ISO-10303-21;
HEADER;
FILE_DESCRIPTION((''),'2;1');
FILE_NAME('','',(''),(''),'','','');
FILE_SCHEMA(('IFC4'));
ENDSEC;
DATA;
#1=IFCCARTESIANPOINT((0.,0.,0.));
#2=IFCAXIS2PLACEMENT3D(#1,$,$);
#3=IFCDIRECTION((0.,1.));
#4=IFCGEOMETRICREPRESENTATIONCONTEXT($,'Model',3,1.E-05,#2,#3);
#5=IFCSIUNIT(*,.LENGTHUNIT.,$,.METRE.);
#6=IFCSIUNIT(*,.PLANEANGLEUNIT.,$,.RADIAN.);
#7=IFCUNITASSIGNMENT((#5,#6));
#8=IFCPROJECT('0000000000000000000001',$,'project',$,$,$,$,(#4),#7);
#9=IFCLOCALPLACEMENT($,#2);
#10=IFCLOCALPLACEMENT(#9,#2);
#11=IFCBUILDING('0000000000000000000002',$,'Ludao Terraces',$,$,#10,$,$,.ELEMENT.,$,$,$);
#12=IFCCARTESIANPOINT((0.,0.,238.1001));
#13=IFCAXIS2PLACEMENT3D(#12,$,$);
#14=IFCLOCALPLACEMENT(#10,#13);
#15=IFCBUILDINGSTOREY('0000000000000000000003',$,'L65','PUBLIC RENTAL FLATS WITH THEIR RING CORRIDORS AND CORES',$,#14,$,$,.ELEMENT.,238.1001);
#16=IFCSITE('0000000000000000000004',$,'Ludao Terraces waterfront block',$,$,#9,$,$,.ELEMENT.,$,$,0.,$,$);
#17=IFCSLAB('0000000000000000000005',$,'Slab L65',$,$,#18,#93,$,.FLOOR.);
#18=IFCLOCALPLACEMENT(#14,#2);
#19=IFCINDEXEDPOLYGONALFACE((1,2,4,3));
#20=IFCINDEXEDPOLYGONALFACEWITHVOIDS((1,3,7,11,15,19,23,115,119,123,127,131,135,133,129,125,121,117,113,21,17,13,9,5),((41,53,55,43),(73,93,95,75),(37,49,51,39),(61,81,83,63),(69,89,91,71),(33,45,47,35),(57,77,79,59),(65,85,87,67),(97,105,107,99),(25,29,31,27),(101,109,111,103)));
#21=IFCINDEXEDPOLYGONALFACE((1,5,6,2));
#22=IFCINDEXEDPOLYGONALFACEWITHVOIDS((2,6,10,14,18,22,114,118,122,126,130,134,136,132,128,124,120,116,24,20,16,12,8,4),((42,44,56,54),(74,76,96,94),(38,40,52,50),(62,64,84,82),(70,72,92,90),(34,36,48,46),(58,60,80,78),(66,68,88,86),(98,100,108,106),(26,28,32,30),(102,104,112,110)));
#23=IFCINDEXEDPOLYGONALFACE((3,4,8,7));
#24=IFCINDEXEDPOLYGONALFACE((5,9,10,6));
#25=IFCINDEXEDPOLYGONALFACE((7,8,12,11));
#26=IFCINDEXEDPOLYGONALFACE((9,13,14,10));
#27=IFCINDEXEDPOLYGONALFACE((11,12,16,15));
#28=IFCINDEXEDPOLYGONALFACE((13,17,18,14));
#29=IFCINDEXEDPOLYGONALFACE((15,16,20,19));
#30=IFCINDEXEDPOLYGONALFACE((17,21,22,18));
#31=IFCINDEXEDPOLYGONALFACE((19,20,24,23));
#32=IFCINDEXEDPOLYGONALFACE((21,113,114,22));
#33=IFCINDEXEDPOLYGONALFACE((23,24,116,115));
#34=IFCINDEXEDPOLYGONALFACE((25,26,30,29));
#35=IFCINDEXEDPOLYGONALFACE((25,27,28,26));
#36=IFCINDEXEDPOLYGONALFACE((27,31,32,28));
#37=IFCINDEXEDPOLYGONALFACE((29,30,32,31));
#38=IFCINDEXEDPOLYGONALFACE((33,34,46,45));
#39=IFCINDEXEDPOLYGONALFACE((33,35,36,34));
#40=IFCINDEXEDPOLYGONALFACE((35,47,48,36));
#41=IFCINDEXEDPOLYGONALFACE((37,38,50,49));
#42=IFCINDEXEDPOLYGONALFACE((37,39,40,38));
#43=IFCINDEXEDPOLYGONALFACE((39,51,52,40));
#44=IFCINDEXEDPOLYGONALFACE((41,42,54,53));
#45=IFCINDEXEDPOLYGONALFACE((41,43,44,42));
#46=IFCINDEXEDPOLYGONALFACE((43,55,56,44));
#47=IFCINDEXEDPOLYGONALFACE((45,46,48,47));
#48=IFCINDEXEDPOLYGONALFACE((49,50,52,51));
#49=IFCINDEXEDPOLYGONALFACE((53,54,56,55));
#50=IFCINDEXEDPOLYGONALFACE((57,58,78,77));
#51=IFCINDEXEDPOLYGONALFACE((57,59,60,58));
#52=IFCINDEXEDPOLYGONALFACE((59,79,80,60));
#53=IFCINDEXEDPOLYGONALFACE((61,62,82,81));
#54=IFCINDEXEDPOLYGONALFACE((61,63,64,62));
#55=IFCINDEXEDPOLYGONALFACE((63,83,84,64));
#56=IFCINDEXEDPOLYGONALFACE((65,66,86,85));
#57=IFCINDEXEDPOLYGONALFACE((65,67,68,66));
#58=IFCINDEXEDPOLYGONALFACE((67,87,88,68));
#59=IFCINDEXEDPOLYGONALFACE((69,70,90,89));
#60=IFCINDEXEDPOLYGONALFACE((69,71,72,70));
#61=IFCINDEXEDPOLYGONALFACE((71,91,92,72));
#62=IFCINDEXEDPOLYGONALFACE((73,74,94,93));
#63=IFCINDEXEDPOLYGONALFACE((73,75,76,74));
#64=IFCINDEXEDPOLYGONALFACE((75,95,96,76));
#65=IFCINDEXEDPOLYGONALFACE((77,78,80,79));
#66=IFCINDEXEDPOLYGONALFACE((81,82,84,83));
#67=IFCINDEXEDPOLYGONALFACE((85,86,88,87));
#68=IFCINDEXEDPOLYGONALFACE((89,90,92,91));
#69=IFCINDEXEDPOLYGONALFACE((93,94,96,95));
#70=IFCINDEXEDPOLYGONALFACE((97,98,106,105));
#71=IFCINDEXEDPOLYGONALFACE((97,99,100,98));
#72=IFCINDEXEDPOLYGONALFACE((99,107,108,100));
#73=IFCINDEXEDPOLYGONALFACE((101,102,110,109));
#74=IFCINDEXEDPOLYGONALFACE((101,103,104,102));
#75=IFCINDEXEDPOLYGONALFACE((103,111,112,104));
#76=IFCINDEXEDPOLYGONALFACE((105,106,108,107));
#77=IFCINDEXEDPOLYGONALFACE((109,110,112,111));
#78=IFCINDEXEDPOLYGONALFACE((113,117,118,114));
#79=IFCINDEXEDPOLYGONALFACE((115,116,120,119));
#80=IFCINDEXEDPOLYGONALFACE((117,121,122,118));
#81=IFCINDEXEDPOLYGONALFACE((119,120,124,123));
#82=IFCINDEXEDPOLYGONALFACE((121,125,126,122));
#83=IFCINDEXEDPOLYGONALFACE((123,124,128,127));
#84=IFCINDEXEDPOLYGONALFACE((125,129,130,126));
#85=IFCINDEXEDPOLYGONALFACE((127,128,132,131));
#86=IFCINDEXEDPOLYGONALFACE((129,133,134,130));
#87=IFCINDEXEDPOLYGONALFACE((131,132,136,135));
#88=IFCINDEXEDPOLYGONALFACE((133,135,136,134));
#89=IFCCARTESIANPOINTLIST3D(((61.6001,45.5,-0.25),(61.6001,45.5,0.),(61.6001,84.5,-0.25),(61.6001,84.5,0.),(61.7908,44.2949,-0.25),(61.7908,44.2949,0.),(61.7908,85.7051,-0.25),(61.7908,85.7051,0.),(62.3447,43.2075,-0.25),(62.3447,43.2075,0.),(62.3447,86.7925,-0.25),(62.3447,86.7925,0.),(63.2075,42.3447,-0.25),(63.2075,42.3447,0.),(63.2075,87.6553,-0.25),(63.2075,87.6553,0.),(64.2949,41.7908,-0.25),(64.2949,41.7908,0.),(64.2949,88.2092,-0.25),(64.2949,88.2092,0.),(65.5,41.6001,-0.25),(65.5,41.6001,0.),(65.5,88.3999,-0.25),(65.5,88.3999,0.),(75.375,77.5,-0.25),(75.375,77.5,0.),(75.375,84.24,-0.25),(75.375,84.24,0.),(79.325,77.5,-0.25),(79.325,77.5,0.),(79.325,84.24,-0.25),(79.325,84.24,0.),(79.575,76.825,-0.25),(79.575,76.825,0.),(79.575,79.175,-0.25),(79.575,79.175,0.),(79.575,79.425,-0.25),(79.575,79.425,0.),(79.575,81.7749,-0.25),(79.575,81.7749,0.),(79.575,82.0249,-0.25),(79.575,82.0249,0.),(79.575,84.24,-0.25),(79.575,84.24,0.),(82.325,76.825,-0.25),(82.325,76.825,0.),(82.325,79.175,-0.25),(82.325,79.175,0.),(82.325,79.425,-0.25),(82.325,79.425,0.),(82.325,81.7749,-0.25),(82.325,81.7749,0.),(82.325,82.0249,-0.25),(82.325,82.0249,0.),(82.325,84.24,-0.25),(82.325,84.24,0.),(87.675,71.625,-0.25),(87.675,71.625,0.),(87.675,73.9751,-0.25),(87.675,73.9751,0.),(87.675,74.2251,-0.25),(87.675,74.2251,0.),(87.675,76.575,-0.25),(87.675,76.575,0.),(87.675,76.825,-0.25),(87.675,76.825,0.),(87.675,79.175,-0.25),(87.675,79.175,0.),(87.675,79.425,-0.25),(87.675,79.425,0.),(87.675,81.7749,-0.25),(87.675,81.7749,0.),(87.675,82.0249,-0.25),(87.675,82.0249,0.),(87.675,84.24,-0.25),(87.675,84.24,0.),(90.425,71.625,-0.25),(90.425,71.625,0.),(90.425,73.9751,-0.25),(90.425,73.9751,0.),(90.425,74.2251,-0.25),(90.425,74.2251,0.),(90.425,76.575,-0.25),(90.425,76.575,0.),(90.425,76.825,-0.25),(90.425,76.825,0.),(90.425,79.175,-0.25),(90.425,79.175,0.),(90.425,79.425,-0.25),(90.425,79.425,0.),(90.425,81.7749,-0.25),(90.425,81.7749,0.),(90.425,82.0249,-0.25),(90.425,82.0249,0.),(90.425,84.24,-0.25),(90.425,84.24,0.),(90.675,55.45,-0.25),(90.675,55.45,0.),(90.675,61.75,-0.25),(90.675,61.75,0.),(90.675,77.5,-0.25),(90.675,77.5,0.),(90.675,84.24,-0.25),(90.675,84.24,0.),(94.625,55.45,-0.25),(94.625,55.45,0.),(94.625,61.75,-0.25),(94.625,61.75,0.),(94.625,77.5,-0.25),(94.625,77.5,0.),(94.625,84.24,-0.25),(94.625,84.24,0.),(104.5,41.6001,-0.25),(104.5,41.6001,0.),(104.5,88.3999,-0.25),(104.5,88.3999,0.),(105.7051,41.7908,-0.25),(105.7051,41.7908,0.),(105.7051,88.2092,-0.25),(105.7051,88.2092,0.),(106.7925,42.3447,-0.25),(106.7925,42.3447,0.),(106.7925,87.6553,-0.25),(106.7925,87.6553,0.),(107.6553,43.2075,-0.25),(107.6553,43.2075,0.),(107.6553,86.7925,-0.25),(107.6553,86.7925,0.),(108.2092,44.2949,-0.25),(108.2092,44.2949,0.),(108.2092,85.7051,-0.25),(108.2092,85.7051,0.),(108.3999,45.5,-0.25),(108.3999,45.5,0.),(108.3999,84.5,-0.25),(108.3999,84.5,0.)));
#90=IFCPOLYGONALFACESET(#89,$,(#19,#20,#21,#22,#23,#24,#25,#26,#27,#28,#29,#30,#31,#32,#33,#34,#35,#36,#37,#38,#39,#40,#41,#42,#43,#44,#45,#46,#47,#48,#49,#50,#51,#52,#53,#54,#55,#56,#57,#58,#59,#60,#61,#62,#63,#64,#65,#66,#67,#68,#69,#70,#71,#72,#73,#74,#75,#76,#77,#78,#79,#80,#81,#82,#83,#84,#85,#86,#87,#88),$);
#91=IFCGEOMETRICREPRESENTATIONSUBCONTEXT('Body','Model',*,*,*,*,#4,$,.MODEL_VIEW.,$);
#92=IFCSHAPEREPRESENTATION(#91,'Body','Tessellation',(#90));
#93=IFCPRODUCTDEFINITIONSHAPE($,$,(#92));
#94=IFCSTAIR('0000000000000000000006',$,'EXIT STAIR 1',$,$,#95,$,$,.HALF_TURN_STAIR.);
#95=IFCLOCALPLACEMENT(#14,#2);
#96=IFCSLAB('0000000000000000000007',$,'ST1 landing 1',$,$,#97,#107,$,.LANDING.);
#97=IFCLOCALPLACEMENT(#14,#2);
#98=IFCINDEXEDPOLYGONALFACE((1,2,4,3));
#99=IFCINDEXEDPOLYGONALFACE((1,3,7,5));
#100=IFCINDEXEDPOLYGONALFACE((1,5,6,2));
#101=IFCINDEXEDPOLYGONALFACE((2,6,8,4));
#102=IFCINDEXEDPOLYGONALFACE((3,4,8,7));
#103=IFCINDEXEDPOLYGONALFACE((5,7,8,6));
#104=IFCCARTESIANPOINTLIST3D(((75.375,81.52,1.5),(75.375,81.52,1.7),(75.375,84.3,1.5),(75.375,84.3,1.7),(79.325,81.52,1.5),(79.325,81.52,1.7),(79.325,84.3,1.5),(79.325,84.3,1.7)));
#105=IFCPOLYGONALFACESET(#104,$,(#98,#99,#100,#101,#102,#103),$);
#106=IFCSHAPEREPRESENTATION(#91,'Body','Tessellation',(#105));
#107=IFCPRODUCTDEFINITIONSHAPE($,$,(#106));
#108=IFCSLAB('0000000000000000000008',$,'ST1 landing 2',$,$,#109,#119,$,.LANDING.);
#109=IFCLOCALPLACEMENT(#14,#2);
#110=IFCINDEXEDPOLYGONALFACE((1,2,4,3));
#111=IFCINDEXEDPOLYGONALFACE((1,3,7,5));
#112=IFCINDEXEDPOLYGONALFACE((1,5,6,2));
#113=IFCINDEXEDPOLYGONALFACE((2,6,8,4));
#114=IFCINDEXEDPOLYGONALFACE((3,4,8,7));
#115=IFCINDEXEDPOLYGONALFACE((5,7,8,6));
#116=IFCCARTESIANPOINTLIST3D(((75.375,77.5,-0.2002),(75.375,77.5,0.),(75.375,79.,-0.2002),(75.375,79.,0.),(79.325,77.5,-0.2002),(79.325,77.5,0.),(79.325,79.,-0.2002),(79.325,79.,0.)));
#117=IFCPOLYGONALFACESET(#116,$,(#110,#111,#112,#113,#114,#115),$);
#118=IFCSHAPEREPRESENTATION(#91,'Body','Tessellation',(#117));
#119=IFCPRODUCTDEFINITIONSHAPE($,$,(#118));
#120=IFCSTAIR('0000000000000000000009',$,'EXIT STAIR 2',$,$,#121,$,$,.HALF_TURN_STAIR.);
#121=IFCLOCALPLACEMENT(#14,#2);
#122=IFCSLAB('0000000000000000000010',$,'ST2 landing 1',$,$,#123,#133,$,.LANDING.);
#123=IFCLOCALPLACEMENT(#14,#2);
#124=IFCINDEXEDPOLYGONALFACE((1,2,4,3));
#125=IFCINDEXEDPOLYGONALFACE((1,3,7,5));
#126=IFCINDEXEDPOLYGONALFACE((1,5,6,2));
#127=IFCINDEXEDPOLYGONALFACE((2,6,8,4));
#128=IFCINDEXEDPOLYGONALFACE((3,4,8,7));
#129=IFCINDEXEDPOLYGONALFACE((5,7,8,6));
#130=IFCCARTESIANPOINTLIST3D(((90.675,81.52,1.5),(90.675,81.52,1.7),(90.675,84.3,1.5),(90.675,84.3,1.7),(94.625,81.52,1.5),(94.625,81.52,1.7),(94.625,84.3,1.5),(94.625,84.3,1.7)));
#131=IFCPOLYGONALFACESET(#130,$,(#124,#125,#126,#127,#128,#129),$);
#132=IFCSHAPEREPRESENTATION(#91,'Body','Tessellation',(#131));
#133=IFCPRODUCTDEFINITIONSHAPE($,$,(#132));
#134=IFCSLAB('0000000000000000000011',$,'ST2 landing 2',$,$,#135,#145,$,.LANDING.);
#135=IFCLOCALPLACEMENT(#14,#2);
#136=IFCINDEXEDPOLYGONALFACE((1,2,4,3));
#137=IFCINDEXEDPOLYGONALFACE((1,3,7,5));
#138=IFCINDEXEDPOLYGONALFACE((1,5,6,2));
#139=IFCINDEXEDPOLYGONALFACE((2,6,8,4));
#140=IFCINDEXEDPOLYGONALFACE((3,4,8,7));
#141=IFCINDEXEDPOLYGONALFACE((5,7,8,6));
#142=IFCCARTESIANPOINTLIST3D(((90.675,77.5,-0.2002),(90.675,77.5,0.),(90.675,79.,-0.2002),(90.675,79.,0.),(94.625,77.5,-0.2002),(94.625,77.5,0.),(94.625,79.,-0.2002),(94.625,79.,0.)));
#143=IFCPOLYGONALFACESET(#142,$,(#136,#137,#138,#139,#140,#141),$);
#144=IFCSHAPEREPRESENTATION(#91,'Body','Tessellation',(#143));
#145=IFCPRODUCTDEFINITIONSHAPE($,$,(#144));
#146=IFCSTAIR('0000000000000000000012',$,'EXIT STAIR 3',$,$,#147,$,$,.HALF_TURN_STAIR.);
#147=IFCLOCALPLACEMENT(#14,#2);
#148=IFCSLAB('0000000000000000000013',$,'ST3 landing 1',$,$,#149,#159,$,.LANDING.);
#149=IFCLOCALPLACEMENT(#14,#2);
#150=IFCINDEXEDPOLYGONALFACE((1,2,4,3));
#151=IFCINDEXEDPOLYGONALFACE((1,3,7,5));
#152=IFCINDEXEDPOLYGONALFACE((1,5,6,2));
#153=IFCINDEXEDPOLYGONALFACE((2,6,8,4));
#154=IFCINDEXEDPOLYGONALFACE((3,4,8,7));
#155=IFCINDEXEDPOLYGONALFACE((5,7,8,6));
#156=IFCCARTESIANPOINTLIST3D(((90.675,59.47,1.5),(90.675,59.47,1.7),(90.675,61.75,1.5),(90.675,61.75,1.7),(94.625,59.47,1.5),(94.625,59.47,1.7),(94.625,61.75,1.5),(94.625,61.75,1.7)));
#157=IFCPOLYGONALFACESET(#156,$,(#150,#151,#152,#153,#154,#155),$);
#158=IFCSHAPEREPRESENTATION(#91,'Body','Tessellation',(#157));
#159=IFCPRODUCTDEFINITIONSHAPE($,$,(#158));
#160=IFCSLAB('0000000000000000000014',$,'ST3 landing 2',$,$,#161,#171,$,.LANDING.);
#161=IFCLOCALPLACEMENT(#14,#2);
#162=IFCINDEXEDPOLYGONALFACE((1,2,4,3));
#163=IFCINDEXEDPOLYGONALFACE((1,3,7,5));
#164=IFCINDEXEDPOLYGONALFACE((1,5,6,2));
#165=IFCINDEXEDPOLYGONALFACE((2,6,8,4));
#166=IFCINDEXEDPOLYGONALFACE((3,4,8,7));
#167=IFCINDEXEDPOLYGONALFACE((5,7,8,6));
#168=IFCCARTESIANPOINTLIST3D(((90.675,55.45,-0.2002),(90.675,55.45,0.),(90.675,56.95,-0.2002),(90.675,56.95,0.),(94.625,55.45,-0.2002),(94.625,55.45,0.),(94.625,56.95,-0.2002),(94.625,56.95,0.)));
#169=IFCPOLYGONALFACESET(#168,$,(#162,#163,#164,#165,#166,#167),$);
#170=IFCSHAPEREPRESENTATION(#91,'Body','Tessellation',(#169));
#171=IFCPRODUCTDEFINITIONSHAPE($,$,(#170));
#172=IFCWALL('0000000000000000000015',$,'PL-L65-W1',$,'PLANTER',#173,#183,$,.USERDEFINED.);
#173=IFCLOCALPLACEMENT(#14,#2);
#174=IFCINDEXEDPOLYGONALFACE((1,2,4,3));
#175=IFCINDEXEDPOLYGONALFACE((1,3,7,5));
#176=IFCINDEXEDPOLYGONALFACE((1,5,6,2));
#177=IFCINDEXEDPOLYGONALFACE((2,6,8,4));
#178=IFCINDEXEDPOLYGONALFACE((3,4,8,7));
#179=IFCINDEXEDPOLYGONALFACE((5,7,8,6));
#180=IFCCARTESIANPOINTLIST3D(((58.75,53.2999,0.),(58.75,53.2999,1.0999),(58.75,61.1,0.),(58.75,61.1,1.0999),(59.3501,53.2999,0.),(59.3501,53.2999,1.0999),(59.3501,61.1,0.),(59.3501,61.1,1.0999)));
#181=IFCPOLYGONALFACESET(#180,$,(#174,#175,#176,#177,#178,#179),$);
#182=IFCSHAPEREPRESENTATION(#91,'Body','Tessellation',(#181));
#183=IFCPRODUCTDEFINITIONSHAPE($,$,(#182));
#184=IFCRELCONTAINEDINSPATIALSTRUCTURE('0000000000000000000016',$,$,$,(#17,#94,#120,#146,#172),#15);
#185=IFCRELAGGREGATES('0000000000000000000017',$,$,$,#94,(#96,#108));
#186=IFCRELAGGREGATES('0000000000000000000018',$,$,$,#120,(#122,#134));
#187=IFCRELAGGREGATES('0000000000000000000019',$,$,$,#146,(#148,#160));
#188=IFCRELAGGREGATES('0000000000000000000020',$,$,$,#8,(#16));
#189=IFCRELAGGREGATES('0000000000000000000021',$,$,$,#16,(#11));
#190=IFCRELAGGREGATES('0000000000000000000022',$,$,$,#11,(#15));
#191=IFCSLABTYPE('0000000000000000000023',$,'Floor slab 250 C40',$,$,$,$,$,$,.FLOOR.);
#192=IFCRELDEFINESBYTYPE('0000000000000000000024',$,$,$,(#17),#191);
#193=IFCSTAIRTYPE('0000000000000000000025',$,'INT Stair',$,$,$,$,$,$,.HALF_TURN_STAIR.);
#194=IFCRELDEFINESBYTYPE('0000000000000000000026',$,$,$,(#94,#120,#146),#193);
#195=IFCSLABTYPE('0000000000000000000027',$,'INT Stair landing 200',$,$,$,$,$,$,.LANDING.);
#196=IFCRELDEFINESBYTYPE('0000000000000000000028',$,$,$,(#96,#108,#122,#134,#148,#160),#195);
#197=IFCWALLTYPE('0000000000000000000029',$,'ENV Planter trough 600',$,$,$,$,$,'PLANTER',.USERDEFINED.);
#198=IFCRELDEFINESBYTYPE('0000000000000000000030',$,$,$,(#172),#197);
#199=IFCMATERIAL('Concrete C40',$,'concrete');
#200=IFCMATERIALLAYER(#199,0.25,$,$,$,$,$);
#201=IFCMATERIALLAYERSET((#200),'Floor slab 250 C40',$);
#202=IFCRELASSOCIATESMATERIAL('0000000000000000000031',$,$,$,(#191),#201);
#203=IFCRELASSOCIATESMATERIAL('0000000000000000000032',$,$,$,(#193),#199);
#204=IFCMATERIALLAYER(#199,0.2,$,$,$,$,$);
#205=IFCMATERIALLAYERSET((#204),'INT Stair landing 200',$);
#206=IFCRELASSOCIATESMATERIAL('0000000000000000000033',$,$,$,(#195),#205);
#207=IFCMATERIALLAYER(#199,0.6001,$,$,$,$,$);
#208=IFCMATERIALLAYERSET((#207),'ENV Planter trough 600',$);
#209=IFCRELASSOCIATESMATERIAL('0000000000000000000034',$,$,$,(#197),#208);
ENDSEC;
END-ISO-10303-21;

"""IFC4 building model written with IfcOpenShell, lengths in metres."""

from ifc_helpers import new_model, si_unit, direction, frame, frame_2d, origin, place, context, subcontext, project, spatial, polyline, rectangle, outline, extrude, material, layer, layer_set, type_object, element, aggregate, save


model = new_model("IFC4")

# Units and contexts
model_context = context("Model", 3, precision=1e-05, world=origin(), true_north=direction((0.0, 1.0)))
body_context = subcontext(model_context, "Body", "Model", "MODEL_VIEW")
ifc_project = project(units=[si_unit("LENGTHUNIT", "METRE"), si_unit("PLANEANGLEUNIT", "RADIAN")], contexts=[model_context])

# Site, building, storey
site_placement = place(None, origin())
site = spatial("IfcSite", under=ifc_project, at=site_placement, Name="Ludao Terraces waterfront block", CompositionType="ELEMENT", RefElevation=0.0)
building_placement = place(site_placement, origin())
building = spatial("IfcBuilding", under=site, at=building_placement, Name="Ludao Terraces", CompositionType="ELEMENT")
storey_placement = place(building_placement, frame((0.0, 0.0, 238.1001)))
storey = spatial("IfcBuildingStorey", under=building, at=storey_placement, Name="L65", Description="PUBLIC RENTAL FLATS WITH THEIR RING CORRIDORS AND CORES", CompositionType="ELEMENT", Elevation=238.1001)

# Shared definitions
ifc_material_1 = material(Name="Concrete C40", Category="concrete")

# Slab
ifc_layer_1 = layer(ifc_material_1, 0.25)
ifc_layer_set_1 = layer_set([ifc_layer_1], Name="Floor slab 250 C40")
slab_type_1 = type_object("IfcSlabType", Name="Floor slab 250 C40", PredefinedType="FLOOR", material=ifc_layer_set_1)
slab_1_placement = place(storey_placement, frame((0.0, 0.0, -0.25)))
element("IfcSlab", 1, at=slab_1_placement, inside=storey, type_object=slab_type_1, Name="Slab L65", PredefinedType="FLOOR", context=body_context, shape_type="SweptSolid", body=[
    extrude(outline(polyline([(104.5, 41.6001), (105.7051, 41.7908), (106.7925, 42.3447), (107.6553, 43.2075), (108.2092, 44.2949), (108.3999, 45.5), (108.3999, 84.5), (108.2092, 85.7051), (107.6553, 86.7925), (106.7925, 87.6553), (105.7051, 88.2092), (104.5, 88.3999), (65.5, 88.3999), (64.2949, 88.2092), (63.2075, 87.6553), (62.3447, 86.7925), (61.7908, 85.7051), (61.6001, 84.5), (61.6001, 45.5), (61.7908, 44.2949), (62.3447, 43.2075), (63.2075, 42.3447), (64.2949, 41.7908), (65.5, 41.6001), (104.5, 41.6001)]), holes=[polyline([(79.575, 76.825), (82.325, 76.825), (82.325, 79.175), (79.575, 79.175), (79.575, 76.825)]), polyline([(79.575, 79.425), (82.325, 79.425), (82.325, 81.7749), (79.575, 81.7749), (79.575, 79.425)]), polyline([(79.575, 82.0249), (82.325, 82.0249), (82.325, 84.24), (79.575, 84.24), (79.575, 82.0249)]), polyline([(87.675, 71.625), (90.425, 71.625), (90.425, 73.9751), (87.675, 73.9751), (87.675, 71.625)]), polyline([(87.675, 74.2251), (90.425, 74.2251), (90.425, 76.575), (87.675, 76.575), (87.675, 74.2251)]), polyline([(87.675, 76.825), (90.425, 76.825), (90.425, 79.175), (87.675, 79.175), (87.675, 76.825)]), polyline([(87.675, 79.425), (90.425, 79.425), (90.425, 81.7749), (87.675, 81.7749), (87.675, 79.425)]), polyline([(87.675, 82.0249), (90.425, 82.0249), (90.425, 84.24), (87.675, 84.24), (87.675, 82.0249)]), polyline([(75.375, 77.5), (79.325, 77.5), (79.325, 84.24), (75.375, 84.24), (75.375, 77.5)]), polyline([(90.675, 77.5), (94.625, 77.5), (94.625, 84.24), (90.675, 84.24), (90.675, 77.5)]), polyline([(90.675, 55.45), (94.625, 55.45), (94.625, 61.75), (90.675, 61.75), (90.675, 55.45)])]), origin(), (0.0, 0.0, 1.0), 0.25),
])

# Stairs, slabs
stair_type = type_object("IfcStairType", Name="INT Stair", PredefinedType="HALF_TURN_STAIR", material=ifc_material_1)
stair_1_placement = place(storey_placement, origin())
stair_1 = element("IfcStair", 2, at=stair_1_placement, inside=storey, type_object=stair_type, Name="EXIT STAIR 1", PredefinedType="HALF_TURN_STAIR")
ifc_layer_2 = layer(ifc_material_1, 0.2)
ifc_layer_set_2 = layer_set([ifc_layer_2], Name="INT Stair landing 200")
slab_type_2 = type_object("IfcSlabType", Name="INT Stair landing 200", PredefinedType="LANDING", material=ifc_layer_set_2)
slab_2_placement = place(storey_placement, frame((0.0, 0.0, 1.5)))
slab_2 = element("IfcSlab", 3, at=slab_2_placement, type_object=slab_type_2, Name="ST1 landing 1", PredefinedType="LANDING", context=body_context, shape_type="SweptSolid", body=[
    extrude(outline(polyline([(75.375, 81.52), (79.325, 81.52), (79.325, 84.3), (75.375, 84.3), (75.375, 81.52)])), origin(), (0.0, 0.0, 1.0), 0.2),
])
slab_3_placement = place(storey_placement, frame((0.0, 0.0, -0.2002)))
slab_3 = element("IfcSlab", 4, at=slab_3_placement, type_object=slab_type_2, Name="ST1 landing 2", PredefinedType="LANDING", context=body_context, shape_type="SweptSolid", body=[
    extrude(outline(polyline([(75.375, 77.5), (79.325, 77.5), (79.325, 79.0), (75.375, 79.0), (75.375, 77.5)])), origin(), (0.0, 0.0, 1.0), 0.2002),
])
aggregate(stair_1, [slab_2, slab_3])
stair_2_placement = place(storey_placement, origin())
stair_2 = element("IfcStair", 5, at=stair_2_placement, inside=storey, type_object=stair_type, Name="EXIT STAIR 2", PredefinedType="HALF_TURN_STAIR")
slab_4_placement = place(storey_placement, frame((0.0, 0.0, 1.5)))
slab_4 = element("IfcSlab", 6, at=slab_4_placement, type_object=slab_type_2, Name="ST2 landing 1", PredefinedType="LANDING", context=body_context, shape_type="SweptSolid", body=[
    extrude(outline(polyline([(90.675, 81.52), (94.625, 81.52), (94.625, 84.3), (90.675, 84.3), (90.675, 81.52)])), origin(), (0.0, 0.0, 1.0), 0.2),
])
slab_5_placement = place(storey_placement, frame((0.0, 0.0, -0.2002)))
slab_5 = element("IfcSlab", 7, at=slab_5_placement, type_object=slab_type_2, Name="ST2 landing 2", PredefinedType="LANDING", context=body_context, shape_type="SweptSolid", body=[
    extrude(outline(polyline([(90.675, 77.5), (94.625, 77.5), (94.625, 79.0), (90.675, 79.0), (90.675, 77.5)])), origin(), (0.0, 0.0, 1.0), 0.2002),
])
aggregate(stair_2, [slab_4, slab_5])
stair_3_placement = place(storey_placement, origin())
stair_3 = element("IfcStair", 8, at=stair_3_placement, inside=storey, type_object=stair_type, Name="EXIT STAIR 3", PredefinedType="HALF_TURN_STAIR")
slab_6_placement = place(storey_placement, frame((0.0, 0.0, 1.5)))
slab_6 = element("IfcSlab", 9, at=slab_6_placement, type_object=slab_type_2, Name="ST3 landing 1", PredefinedType="LANDING", context=body_context, shape_type="SweptSolid", body=[
    extrude(outline(polyline([(90.675, 59.47), (94.625, 59.47), (94.625, 61.75), (90.675, 61.75), (90.675, 59.47)])), origin(), (0.0, 0.0, 1.0), 0.2),
])
slab_7_placement = place(storey_placement, frame((0.0, 0.0, -0.2002)))
slab_7 = element("IfcSlab", 10, at=slab_7_placement, type_object=slab_type_2, Name="ST3 landing 2", PredefinedType="LANDING", context=body_context, shape_type="SweptSolid", body=[
    extrude(outline(polyline([(90.675, 55.45), (94.625, 55.45), (94.625, 56.95), (90.675, 56.95), (90.675, 55.45)])), origin(), (0.0, 0.0, 1.0), 0.2002),
])
aggregate(stair_3, [slab_6, slab_7])

# Wall
ifc_layer_3 = layer(ifc_material_1, 0.6001)
ifc_layer_set_3 = layer_set([ifc_layer_3], Name="ENV Planter trough 600")
wall_type = type_object("IfcWallType", Name="ENV Planter trough 600", ElementType="PLANTER", PredefinedType="USERDEFINED", material=ifc_layer_set_3)
wall_1_placement = place(storey_placement, frame((59.05, 53.3, 0.0), z_axis=(0.0, 0.0, 1.0), x_axis=(0.0, 1.0, 0.0)))
element("IfcWall", 11, at=wall_1_placement, inside=storey, type_object=wall_type, Name="PL-L65-W1", ObjectType="PLANTER", PredefinedType="USERDEFINED", context=body_context, shape_type="SweptSolid", body=[
    extrude(rectangle(XDim=7.8, YDim=0.6001, at=frame_2d((3.8999, 0.0))), origin(), (0.0, 0.0, 1.0), 1.0999),
])

save(model, "model.ifc")
